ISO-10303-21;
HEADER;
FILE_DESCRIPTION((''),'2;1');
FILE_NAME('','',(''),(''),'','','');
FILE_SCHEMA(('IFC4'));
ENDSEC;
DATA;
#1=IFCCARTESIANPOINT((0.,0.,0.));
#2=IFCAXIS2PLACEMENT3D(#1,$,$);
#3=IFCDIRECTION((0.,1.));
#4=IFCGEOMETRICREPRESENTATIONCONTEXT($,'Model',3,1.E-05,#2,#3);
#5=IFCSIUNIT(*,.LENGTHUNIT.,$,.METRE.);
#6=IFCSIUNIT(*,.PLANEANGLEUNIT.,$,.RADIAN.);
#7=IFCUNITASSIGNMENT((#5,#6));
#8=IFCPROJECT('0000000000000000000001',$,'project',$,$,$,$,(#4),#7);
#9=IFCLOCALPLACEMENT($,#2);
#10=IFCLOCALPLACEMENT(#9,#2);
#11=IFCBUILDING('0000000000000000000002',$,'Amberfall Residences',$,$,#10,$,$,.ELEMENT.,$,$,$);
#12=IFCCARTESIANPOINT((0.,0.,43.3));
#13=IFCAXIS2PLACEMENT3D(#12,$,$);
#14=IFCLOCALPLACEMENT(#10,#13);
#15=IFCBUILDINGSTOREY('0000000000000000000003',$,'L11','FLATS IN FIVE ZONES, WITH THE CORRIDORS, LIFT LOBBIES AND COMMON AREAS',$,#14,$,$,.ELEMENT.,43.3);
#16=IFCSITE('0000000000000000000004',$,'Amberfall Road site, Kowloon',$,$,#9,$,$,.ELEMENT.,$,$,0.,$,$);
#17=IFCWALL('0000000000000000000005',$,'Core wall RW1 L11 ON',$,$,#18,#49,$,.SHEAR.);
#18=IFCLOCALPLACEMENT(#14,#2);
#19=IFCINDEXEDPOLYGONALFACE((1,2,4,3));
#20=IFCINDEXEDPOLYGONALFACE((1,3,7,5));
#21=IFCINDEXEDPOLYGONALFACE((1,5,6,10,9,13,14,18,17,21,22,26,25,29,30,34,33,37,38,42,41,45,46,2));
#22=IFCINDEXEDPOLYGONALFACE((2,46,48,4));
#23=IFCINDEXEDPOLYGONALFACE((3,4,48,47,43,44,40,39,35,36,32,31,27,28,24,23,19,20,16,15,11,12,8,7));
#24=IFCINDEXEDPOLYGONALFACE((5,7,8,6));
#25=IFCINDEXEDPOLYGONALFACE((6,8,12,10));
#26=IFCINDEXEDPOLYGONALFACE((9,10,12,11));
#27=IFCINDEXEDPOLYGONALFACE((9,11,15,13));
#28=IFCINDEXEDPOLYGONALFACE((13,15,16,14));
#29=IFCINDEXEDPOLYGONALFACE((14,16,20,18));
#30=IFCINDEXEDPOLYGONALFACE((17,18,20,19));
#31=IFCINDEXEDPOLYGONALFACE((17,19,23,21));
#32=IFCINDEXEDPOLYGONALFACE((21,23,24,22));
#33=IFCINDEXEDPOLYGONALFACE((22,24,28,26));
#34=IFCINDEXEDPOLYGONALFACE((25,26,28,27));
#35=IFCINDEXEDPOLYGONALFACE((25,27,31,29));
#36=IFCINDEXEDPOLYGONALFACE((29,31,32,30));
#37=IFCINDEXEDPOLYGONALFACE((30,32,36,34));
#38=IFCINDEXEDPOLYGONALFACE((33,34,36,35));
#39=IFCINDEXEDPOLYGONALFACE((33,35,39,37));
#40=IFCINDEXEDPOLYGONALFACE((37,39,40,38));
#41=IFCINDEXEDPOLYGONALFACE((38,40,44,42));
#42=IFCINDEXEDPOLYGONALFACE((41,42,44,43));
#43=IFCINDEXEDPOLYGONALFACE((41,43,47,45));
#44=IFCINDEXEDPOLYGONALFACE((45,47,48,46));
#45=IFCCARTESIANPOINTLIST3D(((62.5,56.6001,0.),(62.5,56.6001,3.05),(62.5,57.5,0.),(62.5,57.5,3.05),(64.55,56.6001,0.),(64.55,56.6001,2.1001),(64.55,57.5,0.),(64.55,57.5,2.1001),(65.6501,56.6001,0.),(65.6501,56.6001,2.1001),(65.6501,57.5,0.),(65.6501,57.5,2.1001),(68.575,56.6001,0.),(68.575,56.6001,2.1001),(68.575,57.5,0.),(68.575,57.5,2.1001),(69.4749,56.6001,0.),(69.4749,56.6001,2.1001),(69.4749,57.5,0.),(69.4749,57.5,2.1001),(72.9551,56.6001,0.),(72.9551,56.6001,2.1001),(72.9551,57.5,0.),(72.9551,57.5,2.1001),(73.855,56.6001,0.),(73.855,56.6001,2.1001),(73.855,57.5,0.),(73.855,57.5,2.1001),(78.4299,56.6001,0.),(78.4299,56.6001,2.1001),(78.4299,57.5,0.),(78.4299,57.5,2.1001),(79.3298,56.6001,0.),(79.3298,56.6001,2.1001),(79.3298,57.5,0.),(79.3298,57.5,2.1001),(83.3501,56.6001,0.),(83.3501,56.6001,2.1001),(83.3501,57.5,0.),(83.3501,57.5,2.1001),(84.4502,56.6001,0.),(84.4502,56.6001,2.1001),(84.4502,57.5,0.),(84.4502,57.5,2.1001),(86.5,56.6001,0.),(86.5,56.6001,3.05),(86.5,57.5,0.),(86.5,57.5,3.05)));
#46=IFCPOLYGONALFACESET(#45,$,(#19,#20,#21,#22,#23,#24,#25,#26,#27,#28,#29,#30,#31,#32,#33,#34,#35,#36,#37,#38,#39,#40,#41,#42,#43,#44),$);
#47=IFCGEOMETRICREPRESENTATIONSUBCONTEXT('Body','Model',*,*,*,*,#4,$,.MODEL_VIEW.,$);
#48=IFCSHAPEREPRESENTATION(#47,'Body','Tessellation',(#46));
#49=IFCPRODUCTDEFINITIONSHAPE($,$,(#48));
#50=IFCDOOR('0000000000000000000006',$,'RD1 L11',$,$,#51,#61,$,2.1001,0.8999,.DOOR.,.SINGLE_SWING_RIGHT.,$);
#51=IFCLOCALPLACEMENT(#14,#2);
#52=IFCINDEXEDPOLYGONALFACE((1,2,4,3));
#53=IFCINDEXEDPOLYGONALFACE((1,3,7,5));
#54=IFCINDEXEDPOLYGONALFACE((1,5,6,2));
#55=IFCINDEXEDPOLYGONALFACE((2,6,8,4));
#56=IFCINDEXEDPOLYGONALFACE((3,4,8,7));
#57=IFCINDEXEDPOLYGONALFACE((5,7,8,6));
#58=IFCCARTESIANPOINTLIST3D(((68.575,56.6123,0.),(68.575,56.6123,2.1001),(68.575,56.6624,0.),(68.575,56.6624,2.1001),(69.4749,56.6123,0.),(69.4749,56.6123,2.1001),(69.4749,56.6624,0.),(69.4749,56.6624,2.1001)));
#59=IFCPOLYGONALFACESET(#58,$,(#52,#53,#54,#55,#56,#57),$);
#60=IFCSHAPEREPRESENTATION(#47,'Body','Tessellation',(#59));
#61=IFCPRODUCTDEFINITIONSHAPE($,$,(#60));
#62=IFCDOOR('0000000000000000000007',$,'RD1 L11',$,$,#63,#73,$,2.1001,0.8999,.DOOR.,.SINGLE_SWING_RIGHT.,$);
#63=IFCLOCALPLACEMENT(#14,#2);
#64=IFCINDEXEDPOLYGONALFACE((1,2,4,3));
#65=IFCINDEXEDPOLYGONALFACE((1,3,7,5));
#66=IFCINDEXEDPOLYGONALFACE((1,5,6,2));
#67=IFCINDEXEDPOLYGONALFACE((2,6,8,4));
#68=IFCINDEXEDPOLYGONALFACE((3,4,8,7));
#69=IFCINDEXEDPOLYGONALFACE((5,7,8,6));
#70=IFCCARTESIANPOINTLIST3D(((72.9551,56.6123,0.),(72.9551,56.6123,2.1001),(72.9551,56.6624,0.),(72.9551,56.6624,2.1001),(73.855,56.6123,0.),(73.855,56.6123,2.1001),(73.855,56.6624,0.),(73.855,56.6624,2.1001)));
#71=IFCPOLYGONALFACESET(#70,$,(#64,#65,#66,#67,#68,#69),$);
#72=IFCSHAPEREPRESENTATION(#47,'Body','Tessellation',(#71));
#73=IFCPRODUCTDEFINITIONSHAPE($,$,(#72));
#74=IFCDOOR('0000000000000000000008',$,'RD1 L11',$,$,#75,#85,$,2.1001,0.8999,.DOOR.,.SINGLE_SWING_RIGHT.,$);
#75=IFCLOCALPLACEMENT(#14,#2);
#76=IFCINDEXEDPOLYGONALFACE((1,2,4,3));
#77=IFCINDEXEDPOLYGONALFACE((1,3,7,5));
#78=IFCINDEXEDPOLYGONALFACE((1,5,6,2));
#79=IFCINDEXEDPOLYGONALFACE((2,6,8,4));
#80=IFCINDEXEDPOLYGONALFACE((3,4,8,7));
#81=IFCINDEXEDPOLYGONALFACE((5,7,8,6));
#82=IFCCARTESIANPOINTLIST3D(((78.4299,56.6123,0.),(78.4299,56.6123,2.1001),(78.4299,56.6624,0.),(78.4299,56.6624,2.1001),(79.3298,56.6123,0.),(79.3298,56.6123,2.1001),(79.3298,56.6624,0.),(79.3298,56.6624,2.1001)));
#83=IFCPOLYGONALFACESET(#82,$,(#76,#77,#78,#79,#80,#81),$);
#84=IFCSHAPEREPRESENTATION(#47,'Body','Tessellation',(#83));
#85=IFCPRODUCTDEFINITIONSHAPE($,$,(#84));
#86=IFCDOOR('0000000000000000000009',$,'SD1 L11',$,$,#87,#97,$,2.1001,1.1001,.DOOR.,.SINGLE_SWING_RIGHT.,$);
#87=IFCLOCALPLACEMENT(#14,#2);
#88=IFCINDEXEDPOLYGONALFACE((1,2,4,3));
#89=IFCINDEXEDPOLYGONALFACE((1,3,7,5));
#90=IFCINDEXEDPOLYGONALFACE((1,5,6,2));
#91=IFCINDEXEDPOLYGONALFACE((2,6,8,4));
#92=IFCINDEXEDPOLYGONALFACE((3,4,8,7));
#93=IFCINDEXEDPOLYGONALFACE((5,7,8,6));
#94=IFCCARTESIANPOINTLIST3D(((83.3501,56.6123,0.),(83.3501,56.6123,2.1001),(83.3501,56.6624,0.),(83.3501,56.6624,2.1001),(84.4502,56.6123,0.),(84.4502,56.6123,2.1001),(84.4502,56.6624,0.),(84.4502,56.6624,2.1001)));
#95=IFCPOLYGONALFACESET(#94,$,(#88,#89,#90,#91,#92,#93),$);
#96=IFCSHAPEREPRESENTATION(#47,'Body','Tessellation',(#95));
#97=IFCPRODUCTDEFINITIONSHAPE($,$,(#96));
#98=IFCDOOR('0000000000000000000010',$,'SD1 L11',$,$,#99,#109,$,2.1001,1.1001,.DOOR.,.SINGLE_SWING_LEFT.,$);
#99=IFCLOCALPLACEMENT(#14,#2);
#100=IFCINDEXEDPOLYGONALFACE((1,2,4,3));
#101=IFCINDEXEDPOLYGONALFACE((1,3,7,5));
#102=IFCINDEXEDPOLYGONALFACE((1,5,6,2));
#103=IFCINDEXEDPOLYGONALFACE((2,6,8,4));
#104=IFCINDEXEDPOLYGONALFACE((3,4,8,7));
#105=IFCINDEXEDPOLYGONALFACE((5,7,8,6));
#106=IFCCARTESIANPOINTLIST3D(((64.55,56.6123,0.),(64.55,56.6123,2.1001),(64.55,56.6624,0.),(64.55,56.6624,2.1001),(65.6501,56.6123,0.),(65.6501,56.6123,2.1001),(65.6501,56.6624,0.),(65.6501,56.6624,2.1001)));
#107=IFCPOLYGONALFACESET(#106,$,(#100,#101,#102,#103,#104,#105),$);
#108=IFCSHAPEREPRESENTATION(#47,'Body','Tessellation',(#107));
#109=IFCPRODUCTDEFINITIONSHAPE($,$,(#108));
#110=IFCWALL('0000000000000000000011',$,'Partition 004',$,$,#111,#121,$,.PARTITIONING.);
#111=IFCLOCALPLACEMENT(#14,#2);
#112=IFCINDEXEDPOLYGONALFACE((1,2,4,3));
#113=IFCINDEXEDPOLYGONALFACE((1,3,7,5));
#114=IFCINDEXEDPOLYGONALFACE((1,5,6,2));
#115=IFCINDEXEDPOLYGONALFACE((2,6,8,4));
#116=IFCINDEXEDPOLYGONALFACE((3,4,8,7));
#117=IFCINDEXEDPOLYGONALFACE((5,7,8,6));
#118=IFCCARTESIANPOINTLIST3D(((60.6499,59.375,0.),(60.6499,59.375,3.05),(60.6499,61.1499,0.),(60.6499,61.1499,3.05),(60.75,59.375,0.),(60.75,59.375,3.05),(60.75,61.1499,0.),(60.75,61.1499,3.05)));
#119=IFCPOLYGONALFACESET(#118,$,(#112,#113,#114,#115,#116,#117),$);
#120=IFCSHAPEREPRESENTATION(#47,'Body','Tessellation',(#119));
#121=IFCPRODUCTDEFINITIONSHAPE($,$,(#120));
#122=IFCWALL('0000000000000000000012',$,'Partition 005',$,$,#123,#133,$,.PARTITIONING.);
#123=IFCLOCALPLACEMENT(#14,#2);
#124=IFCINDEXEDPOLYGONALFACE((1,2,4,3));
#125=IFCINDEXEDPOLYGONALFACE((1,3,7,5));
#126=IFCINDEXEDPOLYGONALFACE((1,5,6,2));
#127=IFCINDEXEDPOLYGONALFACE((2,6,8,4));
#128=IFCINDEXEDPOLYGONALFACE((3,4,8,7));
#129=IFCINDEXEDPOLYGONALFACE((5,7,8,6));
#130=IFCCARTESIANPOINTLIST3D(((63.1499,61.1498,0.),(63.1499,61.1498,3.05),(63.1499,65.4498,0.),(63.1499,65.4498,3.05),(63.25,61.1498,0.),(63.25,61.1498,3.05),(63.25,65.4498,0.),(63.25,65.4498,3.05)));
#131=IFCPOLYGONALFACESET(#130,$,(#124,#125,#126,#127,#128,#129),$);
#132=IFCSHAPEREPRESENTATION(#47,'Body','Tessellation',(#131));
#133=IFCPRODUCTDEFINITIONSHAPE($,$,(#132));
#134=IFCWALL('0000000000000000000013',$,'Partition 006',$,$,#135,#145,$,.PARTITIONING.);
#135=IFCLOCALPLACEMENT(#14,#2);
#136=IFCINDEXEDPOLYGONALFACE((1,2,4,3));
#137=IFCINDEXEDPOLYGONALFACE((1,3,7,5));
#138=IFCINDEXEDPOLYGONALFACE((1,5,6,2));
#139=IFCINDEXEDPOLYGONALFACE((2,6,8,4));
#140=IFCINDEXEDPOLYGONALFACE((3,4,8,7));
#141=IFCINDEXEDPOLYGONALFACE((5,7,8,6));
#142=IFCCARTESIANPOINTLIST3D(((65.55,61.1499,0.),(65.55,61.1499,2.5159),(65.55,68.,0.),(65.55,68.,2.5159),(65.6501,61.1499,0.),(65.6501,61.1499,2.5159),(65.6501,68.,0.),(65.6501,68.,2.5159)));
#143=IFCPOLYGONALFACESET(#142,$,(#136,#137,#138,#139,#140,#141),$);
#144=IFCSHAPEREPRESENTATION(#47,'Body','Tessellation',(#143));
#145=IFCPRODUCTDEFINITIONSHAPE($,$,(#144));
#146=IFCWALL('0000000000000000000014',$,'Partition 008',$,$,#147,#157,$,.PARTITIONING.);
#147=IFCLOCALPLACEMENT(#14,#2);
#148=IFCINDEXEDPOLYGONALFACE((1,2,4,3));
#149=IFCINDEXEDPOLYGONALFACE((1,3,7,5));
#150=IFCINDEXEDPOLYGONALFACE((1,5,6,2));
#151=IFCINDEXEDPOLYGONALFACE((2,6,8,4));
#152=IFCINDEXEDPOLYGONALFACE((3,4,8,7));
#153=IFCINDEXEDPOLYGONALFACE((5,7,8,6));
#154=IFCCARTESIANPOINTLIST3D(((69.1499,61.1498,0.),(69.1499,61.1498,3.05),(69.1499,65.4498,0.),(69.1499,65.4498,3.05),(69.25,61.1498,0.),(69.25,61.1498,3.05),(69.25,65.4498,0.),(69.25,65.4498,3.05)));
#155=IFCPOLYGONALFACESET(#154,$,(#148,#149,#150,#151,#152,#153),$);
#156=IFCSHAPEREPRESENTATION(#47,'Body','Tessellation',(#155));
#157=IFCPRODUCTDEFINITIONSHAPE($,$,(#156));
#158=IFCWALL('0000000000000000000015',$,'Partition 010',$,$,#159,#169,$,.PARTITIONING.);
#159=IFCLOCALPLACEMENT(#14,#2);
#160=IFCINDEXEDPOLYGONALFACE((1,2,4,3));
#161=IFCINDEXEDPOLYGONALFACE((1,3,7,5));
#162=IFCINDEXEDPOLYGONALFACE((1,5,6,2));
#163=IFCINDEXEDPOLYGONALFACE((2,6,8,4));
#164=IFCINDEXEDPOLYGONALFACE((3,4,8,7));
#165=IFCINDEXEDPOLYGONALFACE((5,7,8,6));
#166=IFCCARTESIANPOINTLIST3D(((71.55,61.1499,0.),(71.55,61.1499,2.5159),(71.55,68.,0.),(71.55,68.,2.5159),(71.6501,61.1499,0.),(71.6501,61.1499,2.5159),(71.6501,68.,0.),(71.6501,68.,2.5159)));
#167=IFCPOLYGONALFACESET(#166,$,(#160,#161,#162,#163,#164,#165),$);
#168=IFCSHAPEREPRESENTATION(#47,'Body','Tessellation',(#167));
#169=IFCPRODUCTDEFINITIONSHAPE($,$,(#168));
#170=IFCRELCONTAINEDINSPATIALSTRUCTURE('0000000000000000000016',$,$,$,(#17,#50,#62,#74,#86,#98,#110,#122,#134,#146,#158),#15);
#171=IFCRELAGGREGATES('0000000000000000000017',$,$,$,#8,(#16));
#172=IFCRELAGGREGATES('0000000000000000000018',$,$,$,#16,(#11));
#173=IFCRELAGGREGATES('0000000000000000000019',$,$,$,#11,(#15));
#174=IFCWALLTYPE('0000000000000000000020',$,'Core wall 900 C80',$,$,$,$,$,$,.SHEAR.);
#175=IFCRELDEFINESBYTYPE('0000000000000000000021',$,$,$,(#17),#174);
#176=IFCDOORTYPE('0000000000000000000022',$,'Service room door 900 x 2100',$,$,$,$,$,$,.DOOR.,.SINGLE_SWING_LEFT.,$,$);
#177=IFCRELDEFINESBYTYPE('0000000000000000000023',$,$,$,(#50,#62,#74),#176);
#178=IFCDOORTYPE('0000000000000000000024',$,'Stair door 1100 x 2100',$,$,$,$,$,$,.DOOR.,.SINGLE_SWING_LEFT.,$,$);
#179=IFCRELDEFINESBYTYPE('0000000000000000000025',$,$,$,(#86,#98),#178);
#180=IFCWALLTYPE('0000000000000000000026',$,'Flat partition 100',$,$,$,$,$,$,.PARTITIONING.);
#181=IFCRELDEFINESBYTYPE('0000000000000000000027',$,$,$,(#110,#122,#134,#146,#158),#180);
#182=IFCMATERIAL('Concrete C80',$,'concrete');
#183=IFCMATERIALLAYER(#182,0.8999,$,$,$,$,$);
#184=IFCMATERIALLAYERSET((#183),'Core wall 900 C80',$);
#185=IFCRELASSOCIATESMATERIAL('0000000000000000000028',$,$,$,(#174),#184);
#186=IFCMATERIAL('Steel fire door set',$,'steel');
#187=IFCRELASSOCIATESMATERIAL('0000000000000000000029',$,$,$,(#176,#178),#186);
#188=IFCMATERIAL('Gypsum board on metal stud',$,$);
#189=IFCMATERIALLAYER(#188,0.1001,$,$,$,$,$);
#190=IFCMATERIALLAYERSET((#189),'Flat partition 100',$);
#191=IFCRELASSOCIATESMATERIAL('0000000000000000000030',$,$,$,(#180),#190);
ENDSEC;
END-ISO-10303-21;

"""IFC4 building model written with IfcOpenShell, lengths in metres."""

from ifc_helpers import new_model, si_unit, direction, frame, frame_2d, origin, place, context, subcontext, project, spatial, rectangle, extrude, material, layer, layer_set, type_object, element, fill, save


model = new_model("IFC4")

# Units and contexts
model_context = context("Model", 3, precision=1e-05, world=origin(), true_north=direction((0.0, 1.0)))
body_context = subcontext(model_context, "Body", "Model", "MODEL_VIEW")
ifc_project = project(units=[si_unit("LENGTHUNIT", "METRE"), si_unit("PLANEANGLEUNIT", "RADIAN")], contexts=[model_context])

# Site, building, storey
site_placement = place(None, origin())
site = spatial("IfcSite", under=ifc_project, at=site_placement, Name="Amberfall Road site, Kowloon", CompositionType="ELEMENT", RefElevation=0.0)
building_placement = place(site_placement, origin())
building = spatial("IfcBuilding", under=site, at=building_placement, Name="Amberfall Residences", CompositionType="ELEMENT")
storey_placement = place(building_placement, frame((0.0, 0.0, 43.3)))
storey = spatial("IfcBuildingStorey", under=building, at=storey_placement, Name="L11", Description="FLATS IN FIVE ZONES, WITH THE CORRIDORS, LIFT LOBBIES AND COMMON AREAS", CompositionType="ELEMENT", Elevation=43.3)

# Wall, openings, doors
ifc_material_1 = material(Name="Concrete C80", Category="concrete")
ifc_layer_1 = layer(ifc_material_1, 0.8999)
ifc_layer_set_1 = layer_set([ifc_layer_1], Name="Core wall 900 C80")
wall_type_1 = type_object("IfcWallType", Name="Core wall 900 C80", PredefinedType="SHEAR", material=ifc_layer_set_1)
wall_1_placement = place(storey_placement, frame((62.5, 57.05, 0.0), z_axis=(0.0, 0.0, 1.0), x_axis=(1.0, 0.0, 0.0)))
wall_1 = element("IfcWall", 1, at=wall_1_placement, inside=storey, type_object=wall_type_1, Name="Core wall RW1 L11 ON", PredefinedType="SHEAR", context=body_context, shape_type="SweptSolid", body=[
    extrude(rectangle(XDim=24.0, YDim=0.8999, at=frame_2d((12.0, 0.0))), origin(), (0.0, 0.0, 1.0), 3.05),
])
opening_1_placement = place(wall_1_placement, frame((20.8501, 0.0, 0.0)))
opening_1 = element("IfcOpeningElement", 2, at=opening_1_placement, cuts=wall_1, PredefinedType="OPENING", context=body_context, shape_type="SweptSolid", body=[
    extrude(rectangle(XDim=1.1001, YDim=2.1001, at=frame_2d((0.55, 1.05))), frame((0.0, 0.46, 0.0), z_axis=(0.0, -1.0, 0.0), x_axis=(1.0, 0.0, 0.0)), (0.0, 0.0, 1.0), 0.9199),
])
opening_2_placement = place(wall_1_placement, frame((2.05, 0.0, 0.0)))
opening_2 = element("IfcOpeningElement", 3, at=opening_2_placement, cuts=wall_1, PredefinedType="OPENING", context=body_context, shape_type="SweptSolid", body=[
    extrude(rectangle(XDim=1.1001, YDim=2.1001, at=frame_2d((0.55, 1.05))), frame((0.0, 0.46, 0.0), z_axis=(0.0, -1.0, 0.0), x_axis=(1.0, 0.0, 0.0)), (0.0, 0.0, 1.0), 0.9199),
])
opening_3_placement = place(wall_1_placement, frame((6.075, 0.0, 0.0)))
opening_3 = element("IfcOpeningElement", 4, at=opening_3_placement, cuts=wall_1, PredefinedType="OPENING", context=body_context, shape_type="SweptSolid", body=[
    extrude(rectangle(XDim=0.8999, YDim=2.1001, at=frame_2d((0.45, 1.05))), frame((0.0, 0.46, 0.0), z_axis=(0.0, -1.0, 0.0), x_axis=(1.0, 0.0, 0.0)), (0.0, 0.0, 1.0), 0.9199),
])
opening_4_placement = place(wall_1_placement, frame((10.4551, 0.0, 0.0)))
opening_4 = element("IfcOpeningElement", 5, at=opening_4_placement, cuts=wall_1, PredefinedType="OPENING", context=body_context, shape_type="SweptSolid", body=[
    extrude(rectangle(XDim=0.8999, YDim=2.1001, at=frame_2d((0.45, 1.05))), frame((0.0, 0.46, 0.0), z_axis=(0.0, -1.0, 0.0), x_axis=(1.0, 0.0, 0.0)), (0.0, 0.0, 1.0), 0.9199),
])
opening_5_placement = place(wall_1_placement, frame((15.9299, 0.0, 0.0)))
opening_5 = element("IfcOpeningElement", 6, at=opening_5_placement, cuts=wall_1, PredefinedType="OPENING", context=body_context, shape_type="SweptSolid", body=[
    extrude(rectangle(XDim=0.8999, YDim=2.1001, at=frame_2d((0.45, 1.05))), frame((0.0, 0.46, 0.0), z_axis=(0.0, -1.0, 0.0), x_axis=(1.0, 0.0, 0.0)), (0.0, 0.0, 1.0), 0.9199),
])
ifc_material_2 = material(Name="Steel fire door set", Category="steel")
door_type_1 = type_object("IfcDoorType", Name="Service room door 900 x 2100", OperationType="SINGLE_SWING_LEFT", PredefinedType="DOOR", material=ifc_material_2)
door_1_placement = place(opening_3_placement, origin())
door_1 = element("IfcDoor", 7, at=door_1_placement, inside=storey, type_object=door_type_1, Name="RD1 L11", OperationType="SINGLE_SWING_RIGHT", OverallHeight=2.1001, OverallWidth=0.8999, PredefinedType="DOOR", context=body_context, shape_type="SweptSolid", body=[
    extrude(rectangle(XDim=0.8999, YDim=2.1001, at=frame_2d((0.45, 1.05))), frame((0.0, -0.3877, 0.0), z_axis=(0.0, -1.0, 0.0), x_axis=(1.0, 0.0, 0.0)), (0.0, 0.0, 1.0), 0.05),
])
fill(opening_3, door_1)
door_2_placement = place(opening_4_placement, origin())
door_2 = element("IfcDoor", 8, at=door_2_placement, inside=storey, type_object=door_type_1, Name="RD1 L11", OperationType="SINGLE_SWING_RIGHT", OverallHeight=2.1001, OverallWidth=0.8999, PredefinedType="DOOR", context=body_context, shape_type="SweptSolid", body=[
    extrude(rectangle(XDim=0.8999, YDim=2.1001, at=frame_2d((0.45, 1.05))), frame((0.0, -0.3877, 0.0), z_axis=(0.0, -1.0, 0.0), x_axis=(1.0, 0.0, 0.0)), (0.0, 0.0, 1.0), 0.05),
])
fill(opening_4, door_2)
door_3_placement = place(opening_5_placement, origin())
door_3 = element("IfcDoor", 9, at=door_3_placement, inside=storey, type_object=door_type_1, Name="RD1 L11", OperationType="SINGLE_SWING_RIGHT", OverallHeight=2.1001, OverallWidth=0.8999, PredefinedType="DOOR", context=body_context, shape_type="SweptSolid", body=[
    extrude(rectangle(XDim=0.8999, YDim=2.1001, at=frame_2d((0.45, 1.05))), frame((0.0, -0.3877, 0.0), z_axis=(0.0, -1.0, 0.0), x_axis=(1.0, 0.0, 0.0)), (0.0, 0.0, 1.0), 0.05),
])
fill(opening_5, door_3)
door_type_2 = type_object("IfcDoorType", Name="Stair door 1100 x 2100", OperationType="SINGLE_SWING_LEFT", PredefinedType="DOOR", material=ifc_material_2)
door_4_placement = place(opening_1_placement, origin())
door_4 = element("IfcDoor", 10, at=door_4_placement, inside=storey, type_object=door_type_2, Name="SD1 L11", OperationType="SINGLE_SWING_RIGHT", OverallHeight=2.1001, OverallWidth=1.1001, PredefinedType="DOOR", context=body_context, shape_type="SweptSolid", body=[
    extrude(rectangle(XDim=1.1001, YDim=2.1001, at=frame_2d((0.55, 1.05))), frame((0.0, -0.3877, 0.0), z_axis=(0.0, -1.0, 0.0), x_axis=(1.0, 0.0, 0.0)), (0.0, 0.0, 1.0), 0.05),
])
fill(opening_1, door_4)
door_5_placement = place(opening_2_placement, origin())
door_5 = element("IfcDoor", 11, at=door_5_placement, inside=storey, type_object=door_type_2, Name="SD1 L11", OperationType="SINGLE_SWING_LEFT", OverallHeight=2.1001, OverallWidth=1.1001, PredefinedType="DOOR", context=body_context, shape_type="SweptSolid", body=[
    extrude(rectangle(XDim=1.1001, YDim=2.1001, at=frame_2d((0.55, 1.05))), frame((0.0, -0.3877, 0.0), z_axis=(0.0, -1.0, 0.0), x_axis=(1.0, 0.0, 0.0)), (0.0, 0.0, 1.0), 0.05),
])
fill(opening_2, door_5)

# Walls
ifc_material_3 = material(Name="Gypsum board on metal stud")
ifc_layer_2 = layer(ifc_material_3, 0.1001)
ifc_layer_set_2 = layer_set([ifc_layer_2], Name="Flat partition 100")
wall_type_2 = type_object("IfcWallType", Name="Flat partition 100", PredefinedType="PARTITIONING", material=ifc_layer_set_2)
wall_2_placement = place(storey_placement, frame((60.7, 59.375, 0.0), z_axis=(0.0, 0.0, 1.0), x_axis=(0.0, 1.0, 0.0)))
element("IfcWall", 12, at=wall_2_placement, inside=storey, type_object=wall_type_2, Name="Partition 004", PredefinedType="PARTITIONING", context=body_context, shape_type="SweptSolid", body=[
    extrude(rectangle(XDim=1.7749, YDim=0.1001, at=frame_2d((0.8875, 0.0))), origin(), (0.0, 0.0, 1.0), 3.05),
])
wall_3_placement = place(storey_placement, frame((63.2, 61.1499, 0.0), z_axis=(0.0, 0.0, 1.0), x_axis=(0.0, 1.0, 0.0)))
element("IfcWall", 13, at=wall_3_placement, inside=storey, type_object=wall_type_2, Name="Partition 005", PredefinedType="PARTITIONING", context=body_context, shape_type="SweptSolid", body=[
    extrude(rectangle(XDim=4.3, YDim=0.1001, at=frame_2d((2.1499, 0.0))), origin(), (0.0, 0.0, 1.0), 3.05),
])
wall_4_placement = place(storey_placement, frame((65.6001, 61.1499, 0.0), z_axis=(0.0, 0.0, 1.0), x_axis=(0.0, 1.0, 0.0)))
element("IfcWall", 14, at=wall_4_placement, inside=storey, type_object=wall_type_2, Name="Partition 006", PredefinedType="PARTITIONING", context=body_context, shape_type="SweptSolid", body=[
    extrude(rectangle(XDim=6.8501, YDim=0.1001, at=frame_2d((3.425, 0.0))), origin(), (0.0, 0.0, 1.0), 2.5159),
])
wall_5_placement = place(storey_placement, frame((69.2, 61.1499, 0.0), z_axis=(0.0, 0.0, 1.0), x_axis=(0.0, 1.0, 0.0)))
element("IfcWall", 15, at=wall_5_placement, inside=storey, type_object=wall_type_2, Name="Partition 008", PredefinedType="PARTITIONING", context=body_context, shape_type="SweptSolid", body=[
    extrude(rectangle(XDim=4.3, YDim=0.1001, at=frame_2d((2.1499, 0.0))), origin(), (0.0, 0.0, 1.0), 3.05),
])
wall_6_placement = place(storey_placement, frame((71.6001, 61.1499, 0.0), z_axis=(0.0, 0.0, 1.0), x_axis=(0.0, 1.0, 0.0)))
element("IfcWall", 16, at=wall_6_placement, inside=storey, type_object=wall_type_2, Name="Partition 010", PredefinedType="PARTITIONING", context=body_context, shape_type="SweptSolid", body=[
    extrude(rectangle(XDim=6.8501, YDim=0.1001, at=frame_2d((3.425, 0.0))), origin(), (0.0, 0.0, 1.0), 2.5159),
])

save(model, "model.ifc")
